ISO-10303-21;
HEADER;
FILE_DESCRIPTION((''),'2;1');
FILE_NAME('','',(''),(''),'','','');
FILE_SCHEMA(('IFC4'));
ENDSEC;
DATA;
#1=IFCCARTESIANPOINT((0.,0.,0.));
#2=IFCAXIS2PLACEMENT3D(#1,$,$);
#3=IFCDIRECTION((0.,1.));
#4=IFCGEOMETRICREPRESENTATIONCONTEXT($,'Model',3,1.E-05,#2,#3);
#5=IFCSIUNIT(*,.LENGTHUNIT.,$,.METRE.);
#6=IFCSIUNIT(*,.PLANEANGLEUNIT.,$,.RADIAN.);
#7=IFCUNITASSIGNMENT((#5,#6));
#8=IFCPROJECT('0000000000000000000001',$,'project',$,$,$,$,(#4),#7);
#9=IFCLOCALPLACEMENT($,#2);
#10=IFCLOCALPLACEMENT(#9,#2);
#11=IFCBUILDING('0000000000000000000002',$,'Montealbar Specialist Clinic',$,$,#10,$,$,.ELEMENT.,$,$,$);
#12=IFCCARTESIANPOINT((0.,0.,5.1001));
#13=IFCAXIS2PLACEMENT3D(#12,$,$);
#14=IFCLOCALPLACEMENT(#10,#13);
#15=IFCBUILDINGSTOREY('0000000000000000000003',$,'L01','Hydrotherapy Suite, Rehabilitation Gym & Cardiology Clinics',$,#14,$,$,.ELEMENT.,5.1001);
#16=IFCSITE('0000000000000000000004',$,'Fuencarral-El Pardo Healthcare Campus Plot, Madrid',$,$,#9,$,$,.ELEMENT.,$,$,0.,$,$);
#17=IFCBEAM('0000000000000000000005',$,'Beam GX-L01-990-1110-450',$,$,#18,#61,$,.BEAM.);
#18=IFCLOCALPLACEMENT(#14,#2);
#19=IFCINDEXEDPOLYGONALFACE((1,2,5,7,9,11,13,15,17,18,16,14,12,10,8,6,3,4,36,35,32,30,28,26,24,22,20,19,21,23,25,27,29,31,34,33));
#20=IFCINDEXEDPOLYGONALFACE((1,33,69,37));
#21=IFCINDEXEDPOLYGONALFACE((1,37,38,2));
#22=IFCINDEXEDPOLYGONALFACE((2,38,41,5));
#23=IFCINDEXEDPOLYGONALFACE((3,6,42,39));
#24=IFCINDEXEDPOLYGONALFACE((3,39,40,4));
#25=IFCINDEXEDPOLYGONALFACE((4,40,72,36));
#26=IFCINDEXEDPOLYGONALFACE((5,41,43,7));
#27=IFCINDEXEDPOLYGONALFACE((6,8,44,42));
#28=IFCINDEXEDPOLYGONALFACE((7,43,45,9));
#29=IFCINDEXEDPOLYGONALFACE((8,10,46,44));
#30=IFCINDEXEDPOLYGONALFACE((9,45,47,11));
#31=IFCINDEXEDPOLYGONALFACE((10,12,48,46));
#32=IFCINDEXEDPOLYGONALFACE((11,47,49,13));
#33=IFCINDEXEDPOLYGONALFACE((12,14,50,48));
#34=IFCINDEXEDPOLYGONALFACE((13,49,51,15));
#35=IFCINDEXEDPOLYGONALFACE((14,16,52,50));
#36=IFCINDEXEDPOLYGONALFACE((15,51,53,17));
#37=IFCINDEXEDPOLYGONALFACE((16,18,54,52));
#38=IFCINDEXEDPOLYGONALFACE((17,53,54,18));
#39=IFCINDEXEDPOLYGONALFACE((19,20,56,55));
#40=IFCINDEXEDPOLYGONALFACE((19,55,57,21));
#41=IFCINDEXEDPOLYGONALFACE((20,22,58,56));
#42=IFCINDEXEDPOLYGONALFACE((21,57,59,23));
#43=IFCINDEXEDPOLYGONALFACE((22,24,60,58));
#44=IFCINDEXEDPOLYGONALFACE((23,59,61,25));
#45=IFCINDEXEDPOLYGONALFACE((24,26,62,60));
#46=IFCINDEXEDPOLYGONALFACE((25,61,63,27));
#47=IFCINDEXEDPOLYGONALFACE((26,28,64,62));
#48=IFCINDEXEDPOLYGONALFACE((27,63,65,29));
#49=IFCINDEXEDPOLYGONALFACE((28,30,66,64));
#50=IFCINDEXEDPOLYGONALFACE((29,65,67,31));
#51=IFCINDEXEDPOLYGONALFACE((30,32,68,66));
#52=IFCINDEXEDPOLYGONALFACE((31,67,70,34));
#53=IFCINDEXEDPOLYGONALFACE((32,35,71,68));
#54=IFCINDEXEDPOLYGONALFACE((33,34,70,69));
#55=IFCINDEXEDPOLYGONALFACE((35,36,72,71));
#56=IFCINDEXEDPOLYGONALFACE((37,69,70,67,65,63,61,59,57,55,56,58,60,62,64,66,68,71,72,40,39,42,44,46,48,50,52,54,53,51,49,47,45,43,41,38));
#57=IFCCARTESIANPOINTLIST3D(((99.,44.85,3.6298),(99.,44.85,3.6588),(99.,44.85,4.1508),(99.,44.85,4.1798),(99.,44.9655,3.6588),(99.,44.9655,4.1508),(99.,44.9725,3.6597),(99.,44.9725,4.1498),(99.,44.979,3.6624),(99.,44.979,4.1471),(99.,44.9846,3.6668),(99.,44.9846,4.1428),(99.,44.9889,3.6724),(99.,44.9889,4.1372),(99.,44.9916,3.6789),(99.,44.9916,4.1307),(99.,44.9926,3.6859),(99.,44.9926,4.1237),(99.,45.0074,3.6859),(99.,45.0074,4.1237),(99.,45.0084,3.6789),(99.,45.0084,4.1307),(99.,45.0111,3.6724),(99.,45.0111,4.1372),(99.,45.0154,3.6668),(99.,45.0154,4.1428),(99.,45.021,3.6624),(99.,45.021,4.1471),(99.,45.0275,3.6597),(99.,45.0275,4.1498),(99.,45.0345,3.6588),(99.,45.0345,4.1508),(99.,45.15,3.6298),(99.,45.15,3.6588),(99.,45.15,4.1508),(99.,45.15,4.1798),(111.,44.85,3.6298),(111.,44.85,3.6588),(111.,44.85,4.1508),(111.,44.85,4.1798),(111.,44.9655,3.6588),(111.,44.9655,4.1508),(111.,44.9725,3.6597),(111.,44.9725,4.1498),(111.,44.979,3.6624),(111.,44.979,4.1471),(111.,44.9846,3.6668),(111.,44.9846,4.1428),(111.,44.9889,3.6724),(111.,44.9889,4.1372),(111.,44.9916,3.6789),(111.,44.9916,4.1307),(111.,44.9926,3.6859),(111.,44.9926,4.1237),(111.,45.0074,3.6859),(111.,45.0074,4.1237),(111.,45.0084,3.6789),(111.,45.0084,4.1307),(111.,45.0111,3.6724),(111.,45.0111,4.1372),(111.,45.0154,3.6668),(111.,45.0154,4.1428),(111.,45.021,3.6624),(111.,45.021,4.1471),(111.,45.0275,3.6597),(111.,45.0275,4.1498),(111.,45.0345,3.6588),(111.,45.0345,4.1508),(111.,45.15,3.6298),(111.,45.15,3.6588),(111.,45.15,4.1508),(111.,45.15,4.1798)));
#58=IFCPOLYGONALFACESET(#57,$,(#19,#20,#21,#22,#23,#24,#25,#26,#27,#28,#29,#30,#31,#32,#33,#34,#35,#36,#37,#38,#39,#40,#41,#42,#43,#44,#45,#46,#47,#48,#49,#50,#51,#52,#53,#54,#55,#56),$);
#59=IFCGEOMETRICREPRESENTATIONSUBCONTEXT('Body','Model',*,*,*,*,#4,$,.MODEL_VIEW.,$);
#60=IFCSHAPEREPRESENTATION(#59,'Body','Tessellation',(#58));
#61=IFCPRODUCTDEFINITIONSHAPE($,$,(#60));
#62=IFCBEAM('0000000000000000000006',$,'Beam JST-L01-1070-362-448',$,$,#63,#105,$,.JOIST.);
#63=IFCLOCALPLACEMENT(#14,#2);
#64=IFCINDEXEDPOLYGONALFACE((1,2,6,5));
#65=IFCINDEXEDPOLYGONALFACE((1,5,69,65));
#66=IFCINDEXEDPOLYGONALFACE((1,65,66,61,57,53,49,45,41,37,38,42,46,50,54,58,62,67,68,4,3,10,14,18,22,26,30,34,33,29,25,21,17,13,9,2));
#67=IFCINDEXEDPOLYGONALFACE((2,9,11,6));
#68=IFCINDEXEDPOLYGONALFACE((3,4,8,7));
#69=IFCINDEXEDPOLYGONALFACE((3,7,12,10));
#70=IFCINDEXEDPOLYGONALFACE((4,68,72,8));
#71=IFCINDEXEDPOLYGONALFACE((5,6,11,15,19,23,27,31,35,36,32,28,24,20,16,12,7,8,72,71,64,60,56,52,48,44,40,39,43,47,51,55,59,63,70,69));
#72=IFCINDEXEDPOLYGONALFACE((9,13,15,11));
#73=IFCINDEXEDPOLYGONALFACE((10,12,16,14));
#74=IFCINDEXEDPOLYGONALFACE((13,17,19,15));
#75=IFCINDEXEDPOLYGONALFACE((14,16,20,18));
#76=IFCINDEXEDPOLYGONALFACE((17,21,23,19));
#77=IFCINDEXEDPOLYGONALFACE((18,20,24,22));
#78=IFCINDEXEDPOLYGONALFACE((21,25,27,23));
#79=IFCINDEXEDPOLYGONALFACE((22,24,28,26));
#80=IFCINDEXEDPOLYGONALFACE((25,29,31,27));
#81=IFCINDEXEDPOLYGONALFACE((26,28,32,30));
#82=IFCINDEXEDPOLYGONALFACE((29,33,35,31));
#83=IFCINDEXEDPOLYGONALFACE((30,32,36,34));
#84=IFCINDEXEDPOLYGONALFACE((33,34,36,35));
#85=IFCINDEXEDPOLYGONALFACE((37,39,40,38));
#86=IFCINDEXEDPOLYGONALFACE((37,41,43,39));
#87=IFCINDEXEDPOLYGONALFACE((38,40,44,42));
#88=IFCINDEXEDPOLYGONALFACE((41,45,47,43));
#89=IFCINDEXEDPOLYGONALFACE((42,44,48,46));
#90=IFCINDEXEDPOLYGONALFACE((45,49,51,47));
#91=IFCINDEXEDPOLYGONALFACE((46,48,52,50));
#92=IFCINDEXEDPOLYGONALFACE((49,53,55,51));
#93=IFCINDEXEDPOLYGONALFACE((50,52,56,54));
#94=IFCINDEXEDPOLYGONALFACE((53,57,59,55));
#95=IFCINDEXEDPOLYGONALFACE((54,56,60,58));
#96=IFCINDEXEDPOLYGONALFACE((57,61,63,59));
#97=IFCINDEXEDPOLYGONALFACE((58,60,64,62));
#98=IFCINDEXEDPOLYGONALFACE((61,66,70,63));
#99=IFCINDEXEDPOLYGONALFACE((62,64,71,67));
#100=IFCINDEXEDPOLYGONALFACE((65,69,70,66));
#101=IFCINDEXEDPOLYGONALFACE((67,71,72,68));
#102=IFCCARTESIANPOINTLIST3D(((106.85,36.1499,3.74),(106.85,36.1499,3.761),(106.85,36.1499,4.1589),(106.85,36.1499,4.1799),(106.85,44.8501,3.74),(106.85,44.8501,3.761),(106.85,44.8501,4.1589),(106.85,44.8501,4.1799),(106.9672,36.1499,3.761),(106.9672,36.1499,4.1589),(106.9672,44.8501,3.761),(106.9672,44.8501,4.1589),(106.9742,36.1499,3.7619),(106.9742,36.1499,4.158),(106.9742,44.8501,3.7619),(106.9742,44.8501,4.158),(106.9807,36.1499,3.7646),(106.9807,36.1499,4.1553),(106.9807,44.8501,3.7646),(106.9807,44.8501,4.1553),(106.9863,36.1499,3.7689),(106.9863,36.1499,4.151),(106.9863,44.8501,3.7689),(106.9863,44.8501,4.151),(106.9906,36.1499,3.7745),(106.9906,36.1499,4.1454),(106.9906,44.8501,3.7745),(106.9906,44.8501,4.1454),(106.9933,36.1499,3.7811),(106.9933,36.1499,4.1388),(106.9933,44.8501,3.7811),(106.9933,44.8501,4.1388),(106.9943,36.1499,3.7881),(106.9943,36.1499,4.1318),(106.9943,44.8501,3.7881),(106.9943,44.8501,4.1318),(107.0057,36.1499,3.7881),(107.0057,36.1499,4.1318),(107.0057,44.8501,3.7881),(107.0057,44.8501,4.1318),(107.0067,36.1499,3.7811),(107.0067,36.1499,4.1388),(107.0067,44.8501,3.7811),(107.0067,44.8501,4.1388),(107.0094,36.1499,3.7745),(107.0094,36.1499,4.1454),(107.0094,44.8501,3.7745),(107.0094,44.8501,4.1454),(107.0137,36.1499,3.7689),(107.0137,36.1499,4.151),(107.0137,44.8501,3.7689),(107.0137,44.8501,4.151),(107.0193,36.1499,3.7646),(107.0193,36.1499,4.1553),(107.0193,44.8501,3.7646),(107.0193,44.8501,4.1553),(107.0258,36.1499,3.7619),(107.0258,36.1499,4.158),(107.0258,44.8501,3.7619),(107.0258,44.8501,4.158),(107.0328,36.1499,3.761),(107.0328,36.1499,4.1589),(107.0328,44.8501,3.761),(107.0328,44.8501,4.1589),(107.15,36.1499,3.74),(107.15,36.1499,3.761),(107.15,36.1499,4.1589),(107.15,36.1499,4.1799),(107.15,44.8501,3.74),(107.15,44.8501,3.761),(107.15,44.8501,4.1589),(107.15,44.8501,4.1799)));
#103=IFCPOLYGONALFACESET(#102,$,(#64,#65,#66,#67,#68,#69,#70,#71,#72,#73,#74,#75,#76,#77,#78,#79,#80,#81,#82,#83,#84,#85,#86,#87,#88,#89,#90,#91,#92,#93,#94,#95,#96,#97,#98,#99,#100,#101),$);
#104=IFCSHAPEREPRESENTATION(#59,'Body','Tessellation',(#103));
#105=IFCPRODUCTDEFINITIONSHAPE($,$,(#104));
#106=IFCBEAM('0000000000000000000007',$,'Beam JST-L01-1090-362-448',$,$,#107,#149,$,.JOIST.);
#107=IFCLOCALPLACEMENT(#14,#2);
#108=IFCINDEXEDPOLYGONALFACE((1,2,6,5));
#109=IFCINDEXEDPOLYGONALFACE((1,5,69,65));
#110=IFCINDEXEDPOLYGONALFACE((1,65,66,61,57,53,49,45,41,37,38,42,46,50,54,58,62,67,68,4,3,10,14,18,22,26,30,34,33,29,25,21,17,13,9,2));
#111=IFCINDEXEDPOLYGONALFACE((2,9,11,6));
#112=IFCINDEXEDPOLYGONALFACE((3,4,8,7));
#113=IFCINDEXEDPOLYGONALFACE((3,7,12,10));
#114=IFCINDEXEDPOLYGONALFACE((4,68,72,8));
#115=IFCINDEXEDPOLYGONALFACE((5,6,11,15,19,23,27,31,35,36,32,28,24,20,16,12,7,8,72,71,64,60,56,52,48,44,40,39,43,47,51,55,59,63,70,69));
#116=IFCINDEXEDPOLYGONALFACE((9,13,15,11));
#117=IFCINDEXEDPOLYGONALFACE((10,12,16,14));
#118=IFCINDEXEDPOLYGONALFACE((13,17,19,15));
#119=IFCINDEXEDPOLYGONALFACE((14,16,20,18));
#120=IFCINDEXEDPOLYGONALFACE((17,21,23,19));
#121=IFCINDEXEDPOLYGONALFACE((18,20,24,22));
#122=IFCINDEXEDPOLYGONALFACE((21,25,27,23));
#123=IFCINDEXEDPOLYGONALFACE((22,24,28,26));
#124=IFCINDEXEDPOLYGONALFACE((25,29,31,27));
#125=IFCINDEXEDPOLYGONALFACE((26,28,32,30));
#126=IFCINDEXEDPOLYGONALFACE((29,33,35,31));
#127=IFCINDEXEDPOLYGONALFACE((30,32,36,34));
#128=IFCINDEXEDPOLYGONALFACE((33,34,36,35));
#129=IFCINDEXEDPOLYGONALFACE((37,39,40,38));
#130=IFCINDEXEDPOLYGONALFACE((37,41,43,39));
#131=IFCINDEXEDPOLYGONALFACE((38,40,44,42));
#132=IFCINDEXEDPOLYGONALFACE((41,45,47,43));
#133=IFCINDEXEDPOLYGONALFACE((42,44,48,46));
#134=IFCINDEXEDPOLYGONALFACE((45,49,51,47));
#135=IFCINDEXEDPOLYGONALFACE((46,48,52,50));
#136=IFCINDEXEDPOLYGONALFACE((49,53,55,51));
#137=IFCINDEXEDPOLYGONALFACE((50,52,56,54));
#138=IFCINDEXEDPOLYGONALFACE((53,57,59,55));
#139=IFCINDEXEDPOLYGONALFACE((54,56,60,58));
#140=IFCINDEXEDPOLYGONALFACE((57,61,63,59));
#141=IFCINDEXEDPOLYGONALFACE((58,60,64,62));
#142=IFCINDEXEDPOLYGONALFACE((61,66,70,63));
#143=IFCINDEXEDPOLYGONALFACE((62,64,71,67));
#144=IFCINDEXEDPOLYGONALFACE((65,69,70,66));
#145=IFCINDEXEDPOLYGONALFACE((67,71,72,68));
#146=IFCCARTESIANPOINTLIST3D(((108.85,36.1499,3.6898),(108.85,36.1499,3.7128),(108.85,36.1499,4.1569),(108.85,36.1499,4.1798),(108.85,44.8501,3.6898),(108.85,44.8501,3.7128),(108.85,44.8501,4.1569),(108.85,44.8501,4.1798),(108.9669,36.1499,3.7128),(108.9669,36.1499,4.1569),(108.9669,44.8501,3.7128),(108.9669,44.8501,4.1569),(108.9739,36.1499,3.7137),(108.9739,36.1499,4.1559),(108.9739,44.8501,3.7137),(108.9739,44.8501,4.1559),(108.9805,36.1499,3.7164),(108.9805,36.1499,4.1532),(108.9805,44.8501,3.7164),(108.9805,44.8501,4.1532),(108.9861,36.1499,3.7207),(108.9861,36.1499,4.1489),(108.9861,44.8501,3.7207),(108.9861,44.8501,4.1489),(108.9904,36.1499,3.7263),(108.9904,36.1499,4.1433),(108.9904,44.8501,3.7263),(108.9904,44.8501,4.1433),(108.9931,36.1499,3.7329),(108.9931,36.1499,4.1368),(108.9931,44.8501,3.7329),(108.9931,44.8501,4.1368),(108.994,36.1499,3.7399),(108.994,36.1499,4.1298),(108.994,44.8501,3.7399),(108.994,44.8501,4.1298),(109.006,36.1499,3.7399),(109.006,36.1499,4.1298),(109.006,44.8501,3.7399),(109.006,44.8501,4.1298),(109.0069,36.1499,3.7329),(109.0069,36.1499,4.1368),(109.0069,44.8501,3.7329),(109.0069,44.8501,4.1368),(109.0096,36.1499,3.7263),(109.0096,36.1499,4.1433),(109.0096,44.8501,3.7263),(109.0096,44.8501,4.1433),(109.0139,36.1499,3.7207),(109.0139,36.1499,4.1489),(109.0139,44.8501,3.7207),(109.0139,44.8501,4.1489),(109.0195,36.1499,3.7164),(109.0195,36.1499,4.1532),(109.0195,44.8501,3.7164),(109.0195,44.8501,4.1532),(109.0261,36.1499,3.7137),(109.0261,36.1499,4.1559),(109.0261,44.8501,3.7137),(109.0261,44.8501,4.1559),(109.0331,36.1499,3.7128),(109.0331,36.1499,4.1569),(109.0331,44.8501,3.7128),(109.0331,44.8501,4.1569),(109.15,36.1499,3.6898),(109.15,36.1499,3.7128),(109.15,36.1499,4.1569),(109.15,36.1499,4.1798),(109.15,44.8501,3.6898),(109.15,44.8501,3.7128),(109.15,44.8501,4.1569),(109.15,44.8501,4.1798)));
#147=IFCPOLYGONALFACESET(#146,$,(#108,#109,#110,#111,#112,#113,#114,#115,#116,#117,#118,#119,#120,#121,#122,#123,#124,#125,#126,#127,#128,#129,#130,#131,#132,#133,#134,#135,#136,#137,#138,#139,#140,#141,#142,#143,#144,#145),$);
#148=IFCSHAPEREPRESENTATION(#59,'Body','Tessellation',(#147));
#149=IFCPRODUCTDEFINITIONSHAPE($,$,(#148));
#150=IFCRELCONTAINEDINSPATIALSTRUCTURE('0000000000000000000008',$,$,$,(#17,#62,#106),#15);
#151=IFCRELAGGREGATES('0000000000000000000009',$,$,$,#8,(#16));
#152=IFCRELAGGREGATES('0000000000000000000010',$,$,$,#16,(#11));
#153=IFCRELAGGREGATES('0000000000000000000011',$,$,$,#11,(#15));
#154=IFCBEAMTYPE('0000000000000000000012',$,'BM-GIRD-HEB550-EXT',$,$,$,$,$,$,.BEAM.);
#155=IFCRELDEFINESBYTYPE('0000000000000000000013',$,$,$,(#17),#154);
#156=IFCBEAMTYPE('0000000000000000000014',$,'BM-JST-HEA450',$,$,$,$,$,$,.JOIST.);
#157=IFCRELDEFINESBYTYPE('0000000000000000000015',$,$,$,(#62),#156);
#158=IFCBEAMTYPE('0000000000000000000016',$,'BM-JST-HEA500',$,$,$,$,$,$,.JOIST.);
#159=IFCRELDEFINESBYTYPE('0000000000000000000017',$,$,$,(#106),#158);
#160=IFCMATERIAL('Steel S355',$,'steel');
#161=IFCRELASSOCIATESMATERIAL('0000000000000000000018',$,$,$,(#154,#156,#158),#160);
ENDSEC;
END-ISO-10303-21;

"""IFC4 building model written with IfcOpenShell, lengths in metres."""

from ifc_helpers import new_model, si_unit, direction, frame, origin, origin_2d, place, context, subcontext, project, spatial, i_section, extrude, material, material_profile, profile_set, type_object, element, save


model = new_model("IFC4")

# Units and contexts
model_context = context("Model", 3, precision=1e-05, world=origin(), true_north=direction((0.0, 1.0)))
body_context = subcontext(model_context, "Body", "Model", "MODEL_VIEW")
ifc_project = project(units=[si_unit("LENGTHUNIT", "METRE"), si_unit("PLANEANGLEUNIT", "RADIAN")], contexts=[model_context])

# Site, building, storey
site_placement = place(None, origin())
site = spatial("IfcSite", under=ifc_project, at=site_placement, Name="Fuencarral-El Pardo Healthcare Campus Plot, Madrid", CompositionType="ELEMENT", RefElevation=0.0)
building_placement = place(site_placement, origin())
building = spatial("IfcBuilding", under=site, at=building_placement, Name="Montealbar Specialist Clinic", CompositionType="ELEMENT")
storey_placement = place(building_placement, frame((0.0, 0.0, 5.1001)))
storey = spatial("IfcBuildingStorey", under=building, at=storey_placement, Name="L01", Description="Hydrotherapy Suite, Rehabilitation Gym & Cardiology Clinics", CompositionType="ELEMENT", Elevation=5.1001)

# Shared definitions
ifc_material_1 = material(Name="Steel S355", Category="steel")

# Beams
ifc_material_profile_1 = material_profile(ifc_material_1, i_section(OverallWidth=0.3, OverallDepth=0.55, WebThickness=0.0149, FlangeThickness=0.0291, FilletRadius=0.0271, at=origin_2d()), Name="HEB 550", Category="steel")
ifc_profile_set_1 = profile_set([ifc_material_profile_1], Name="Steel S355")
beam_type_1 = type_object("IfcBeamType", Name="BM-GIRD-HEB550-EXT", PredefinedType="BEAM", material=ifc_profile_set_1)
beam_1_placement = place(storey_placement, frame((99.0, 45.0, 3.9048), z_axis=(1.0, 0.0, 0.0), x_axis=(0.0, 1.0, 0.0)))
element("IfcBeam", 1, at=beam_1_placement, inside=storey, type_object=beam_type_1, Name="Beam GX-L01-990-1110-450", PredefinedType="BEAM", context=body_context, shape_type="SweptSolid", body=[
    extrude(i_section(OverallWidth=0.3, OverallDepth=0.55, WebThickness=0.0149, FlangeThickness=0.0291, FilletRadius=0.0271, at=origin_2d()), origin(), (0.0, 0.0, 1.0), 12.0),
])
ifc_material_profile_2 = material_profile(ifc_material_1, i_section(OverallWidth=0.3, OverallDepth=0.4399, WebThickness=0.0115, FlangeThickness=0.021, FilletRadius=0.0271, at=origin_2d()), Name="HEA 450", Category="steel")
ifc_profile_set_2 = profile_set([ifc_material_profile_2], Name="Steel S355")
beam_type_2 = type_object("IfcBeamType", Name="BM-JST-HEA450", PredefinedType="JOIST", material=ifc_profile_set_2)
beam_2_placement = place(storey_placement, frame((107.0, 36.1499, 3.96), z_axis=(0.0, 1.0, 0.0), x_axis=(-1.0, 0.0, 0.0)))
element("IfcBeam", 2, at=beam_2_placement, inside=storey, type_object=beam_type_2, Name="Beam JST-L01-1070-362-448", PredefinedType="JOIST", context=body_context, shape_type="SweptSolid", body=[
    extrude(i_section(OverallWidth=0.3, OverallDepth=0.4399, WebThickness=0.0115, FlangeThickness=0.021, FilletRadius=0.0271, at=origin_2d()), origin(), (0.0, 0.0, 1.0), 8.7002),
])
ifc_material_profile_3 = material_profile(ifc_material_1, i_section(OverallWidth=0.3, OverallDepth=0.49, WebThickness=0.012, FlangeThickness=0.0229, FilletRadius=0.0271, at=origin_2d()), Name="HEA 500", Category="steel")
ifc_profile_set_3 = profile_set([ifc_material_profile_3], Name="Steel S355")
beam_type_3 = type_object("IfcBeamType", Name="BM-JST-HEA500", PredefinedType="JOIST", material=ifc_profile_set_3)
beam_3_placement = place(storey_placement, frame((109.0, 36.1499, 3.9348), z_axis=(0.0, 1.0, 0.0), x_axis=(-1.0, 0.0, 0.0)))
element("IfcBeam", 3, at=beam_3_placement, inside=storey, type_object=beam_type_3, Name="Beam JST-L01-1090-362-448", PredefinedType="JOIST", context=body_context, shape_type="SweptSolid", body=[
    extrude(i_section(OverallWidth=0.3, OverallDepth=0.49, WebThickness=0.012, FlangeThickness=0.0229, FilletRadius=0.0271, at=origin_2d()), origin(), (0.0, 0.0, 1.0), 8.7002),
])

save(model, "model.ifc")
